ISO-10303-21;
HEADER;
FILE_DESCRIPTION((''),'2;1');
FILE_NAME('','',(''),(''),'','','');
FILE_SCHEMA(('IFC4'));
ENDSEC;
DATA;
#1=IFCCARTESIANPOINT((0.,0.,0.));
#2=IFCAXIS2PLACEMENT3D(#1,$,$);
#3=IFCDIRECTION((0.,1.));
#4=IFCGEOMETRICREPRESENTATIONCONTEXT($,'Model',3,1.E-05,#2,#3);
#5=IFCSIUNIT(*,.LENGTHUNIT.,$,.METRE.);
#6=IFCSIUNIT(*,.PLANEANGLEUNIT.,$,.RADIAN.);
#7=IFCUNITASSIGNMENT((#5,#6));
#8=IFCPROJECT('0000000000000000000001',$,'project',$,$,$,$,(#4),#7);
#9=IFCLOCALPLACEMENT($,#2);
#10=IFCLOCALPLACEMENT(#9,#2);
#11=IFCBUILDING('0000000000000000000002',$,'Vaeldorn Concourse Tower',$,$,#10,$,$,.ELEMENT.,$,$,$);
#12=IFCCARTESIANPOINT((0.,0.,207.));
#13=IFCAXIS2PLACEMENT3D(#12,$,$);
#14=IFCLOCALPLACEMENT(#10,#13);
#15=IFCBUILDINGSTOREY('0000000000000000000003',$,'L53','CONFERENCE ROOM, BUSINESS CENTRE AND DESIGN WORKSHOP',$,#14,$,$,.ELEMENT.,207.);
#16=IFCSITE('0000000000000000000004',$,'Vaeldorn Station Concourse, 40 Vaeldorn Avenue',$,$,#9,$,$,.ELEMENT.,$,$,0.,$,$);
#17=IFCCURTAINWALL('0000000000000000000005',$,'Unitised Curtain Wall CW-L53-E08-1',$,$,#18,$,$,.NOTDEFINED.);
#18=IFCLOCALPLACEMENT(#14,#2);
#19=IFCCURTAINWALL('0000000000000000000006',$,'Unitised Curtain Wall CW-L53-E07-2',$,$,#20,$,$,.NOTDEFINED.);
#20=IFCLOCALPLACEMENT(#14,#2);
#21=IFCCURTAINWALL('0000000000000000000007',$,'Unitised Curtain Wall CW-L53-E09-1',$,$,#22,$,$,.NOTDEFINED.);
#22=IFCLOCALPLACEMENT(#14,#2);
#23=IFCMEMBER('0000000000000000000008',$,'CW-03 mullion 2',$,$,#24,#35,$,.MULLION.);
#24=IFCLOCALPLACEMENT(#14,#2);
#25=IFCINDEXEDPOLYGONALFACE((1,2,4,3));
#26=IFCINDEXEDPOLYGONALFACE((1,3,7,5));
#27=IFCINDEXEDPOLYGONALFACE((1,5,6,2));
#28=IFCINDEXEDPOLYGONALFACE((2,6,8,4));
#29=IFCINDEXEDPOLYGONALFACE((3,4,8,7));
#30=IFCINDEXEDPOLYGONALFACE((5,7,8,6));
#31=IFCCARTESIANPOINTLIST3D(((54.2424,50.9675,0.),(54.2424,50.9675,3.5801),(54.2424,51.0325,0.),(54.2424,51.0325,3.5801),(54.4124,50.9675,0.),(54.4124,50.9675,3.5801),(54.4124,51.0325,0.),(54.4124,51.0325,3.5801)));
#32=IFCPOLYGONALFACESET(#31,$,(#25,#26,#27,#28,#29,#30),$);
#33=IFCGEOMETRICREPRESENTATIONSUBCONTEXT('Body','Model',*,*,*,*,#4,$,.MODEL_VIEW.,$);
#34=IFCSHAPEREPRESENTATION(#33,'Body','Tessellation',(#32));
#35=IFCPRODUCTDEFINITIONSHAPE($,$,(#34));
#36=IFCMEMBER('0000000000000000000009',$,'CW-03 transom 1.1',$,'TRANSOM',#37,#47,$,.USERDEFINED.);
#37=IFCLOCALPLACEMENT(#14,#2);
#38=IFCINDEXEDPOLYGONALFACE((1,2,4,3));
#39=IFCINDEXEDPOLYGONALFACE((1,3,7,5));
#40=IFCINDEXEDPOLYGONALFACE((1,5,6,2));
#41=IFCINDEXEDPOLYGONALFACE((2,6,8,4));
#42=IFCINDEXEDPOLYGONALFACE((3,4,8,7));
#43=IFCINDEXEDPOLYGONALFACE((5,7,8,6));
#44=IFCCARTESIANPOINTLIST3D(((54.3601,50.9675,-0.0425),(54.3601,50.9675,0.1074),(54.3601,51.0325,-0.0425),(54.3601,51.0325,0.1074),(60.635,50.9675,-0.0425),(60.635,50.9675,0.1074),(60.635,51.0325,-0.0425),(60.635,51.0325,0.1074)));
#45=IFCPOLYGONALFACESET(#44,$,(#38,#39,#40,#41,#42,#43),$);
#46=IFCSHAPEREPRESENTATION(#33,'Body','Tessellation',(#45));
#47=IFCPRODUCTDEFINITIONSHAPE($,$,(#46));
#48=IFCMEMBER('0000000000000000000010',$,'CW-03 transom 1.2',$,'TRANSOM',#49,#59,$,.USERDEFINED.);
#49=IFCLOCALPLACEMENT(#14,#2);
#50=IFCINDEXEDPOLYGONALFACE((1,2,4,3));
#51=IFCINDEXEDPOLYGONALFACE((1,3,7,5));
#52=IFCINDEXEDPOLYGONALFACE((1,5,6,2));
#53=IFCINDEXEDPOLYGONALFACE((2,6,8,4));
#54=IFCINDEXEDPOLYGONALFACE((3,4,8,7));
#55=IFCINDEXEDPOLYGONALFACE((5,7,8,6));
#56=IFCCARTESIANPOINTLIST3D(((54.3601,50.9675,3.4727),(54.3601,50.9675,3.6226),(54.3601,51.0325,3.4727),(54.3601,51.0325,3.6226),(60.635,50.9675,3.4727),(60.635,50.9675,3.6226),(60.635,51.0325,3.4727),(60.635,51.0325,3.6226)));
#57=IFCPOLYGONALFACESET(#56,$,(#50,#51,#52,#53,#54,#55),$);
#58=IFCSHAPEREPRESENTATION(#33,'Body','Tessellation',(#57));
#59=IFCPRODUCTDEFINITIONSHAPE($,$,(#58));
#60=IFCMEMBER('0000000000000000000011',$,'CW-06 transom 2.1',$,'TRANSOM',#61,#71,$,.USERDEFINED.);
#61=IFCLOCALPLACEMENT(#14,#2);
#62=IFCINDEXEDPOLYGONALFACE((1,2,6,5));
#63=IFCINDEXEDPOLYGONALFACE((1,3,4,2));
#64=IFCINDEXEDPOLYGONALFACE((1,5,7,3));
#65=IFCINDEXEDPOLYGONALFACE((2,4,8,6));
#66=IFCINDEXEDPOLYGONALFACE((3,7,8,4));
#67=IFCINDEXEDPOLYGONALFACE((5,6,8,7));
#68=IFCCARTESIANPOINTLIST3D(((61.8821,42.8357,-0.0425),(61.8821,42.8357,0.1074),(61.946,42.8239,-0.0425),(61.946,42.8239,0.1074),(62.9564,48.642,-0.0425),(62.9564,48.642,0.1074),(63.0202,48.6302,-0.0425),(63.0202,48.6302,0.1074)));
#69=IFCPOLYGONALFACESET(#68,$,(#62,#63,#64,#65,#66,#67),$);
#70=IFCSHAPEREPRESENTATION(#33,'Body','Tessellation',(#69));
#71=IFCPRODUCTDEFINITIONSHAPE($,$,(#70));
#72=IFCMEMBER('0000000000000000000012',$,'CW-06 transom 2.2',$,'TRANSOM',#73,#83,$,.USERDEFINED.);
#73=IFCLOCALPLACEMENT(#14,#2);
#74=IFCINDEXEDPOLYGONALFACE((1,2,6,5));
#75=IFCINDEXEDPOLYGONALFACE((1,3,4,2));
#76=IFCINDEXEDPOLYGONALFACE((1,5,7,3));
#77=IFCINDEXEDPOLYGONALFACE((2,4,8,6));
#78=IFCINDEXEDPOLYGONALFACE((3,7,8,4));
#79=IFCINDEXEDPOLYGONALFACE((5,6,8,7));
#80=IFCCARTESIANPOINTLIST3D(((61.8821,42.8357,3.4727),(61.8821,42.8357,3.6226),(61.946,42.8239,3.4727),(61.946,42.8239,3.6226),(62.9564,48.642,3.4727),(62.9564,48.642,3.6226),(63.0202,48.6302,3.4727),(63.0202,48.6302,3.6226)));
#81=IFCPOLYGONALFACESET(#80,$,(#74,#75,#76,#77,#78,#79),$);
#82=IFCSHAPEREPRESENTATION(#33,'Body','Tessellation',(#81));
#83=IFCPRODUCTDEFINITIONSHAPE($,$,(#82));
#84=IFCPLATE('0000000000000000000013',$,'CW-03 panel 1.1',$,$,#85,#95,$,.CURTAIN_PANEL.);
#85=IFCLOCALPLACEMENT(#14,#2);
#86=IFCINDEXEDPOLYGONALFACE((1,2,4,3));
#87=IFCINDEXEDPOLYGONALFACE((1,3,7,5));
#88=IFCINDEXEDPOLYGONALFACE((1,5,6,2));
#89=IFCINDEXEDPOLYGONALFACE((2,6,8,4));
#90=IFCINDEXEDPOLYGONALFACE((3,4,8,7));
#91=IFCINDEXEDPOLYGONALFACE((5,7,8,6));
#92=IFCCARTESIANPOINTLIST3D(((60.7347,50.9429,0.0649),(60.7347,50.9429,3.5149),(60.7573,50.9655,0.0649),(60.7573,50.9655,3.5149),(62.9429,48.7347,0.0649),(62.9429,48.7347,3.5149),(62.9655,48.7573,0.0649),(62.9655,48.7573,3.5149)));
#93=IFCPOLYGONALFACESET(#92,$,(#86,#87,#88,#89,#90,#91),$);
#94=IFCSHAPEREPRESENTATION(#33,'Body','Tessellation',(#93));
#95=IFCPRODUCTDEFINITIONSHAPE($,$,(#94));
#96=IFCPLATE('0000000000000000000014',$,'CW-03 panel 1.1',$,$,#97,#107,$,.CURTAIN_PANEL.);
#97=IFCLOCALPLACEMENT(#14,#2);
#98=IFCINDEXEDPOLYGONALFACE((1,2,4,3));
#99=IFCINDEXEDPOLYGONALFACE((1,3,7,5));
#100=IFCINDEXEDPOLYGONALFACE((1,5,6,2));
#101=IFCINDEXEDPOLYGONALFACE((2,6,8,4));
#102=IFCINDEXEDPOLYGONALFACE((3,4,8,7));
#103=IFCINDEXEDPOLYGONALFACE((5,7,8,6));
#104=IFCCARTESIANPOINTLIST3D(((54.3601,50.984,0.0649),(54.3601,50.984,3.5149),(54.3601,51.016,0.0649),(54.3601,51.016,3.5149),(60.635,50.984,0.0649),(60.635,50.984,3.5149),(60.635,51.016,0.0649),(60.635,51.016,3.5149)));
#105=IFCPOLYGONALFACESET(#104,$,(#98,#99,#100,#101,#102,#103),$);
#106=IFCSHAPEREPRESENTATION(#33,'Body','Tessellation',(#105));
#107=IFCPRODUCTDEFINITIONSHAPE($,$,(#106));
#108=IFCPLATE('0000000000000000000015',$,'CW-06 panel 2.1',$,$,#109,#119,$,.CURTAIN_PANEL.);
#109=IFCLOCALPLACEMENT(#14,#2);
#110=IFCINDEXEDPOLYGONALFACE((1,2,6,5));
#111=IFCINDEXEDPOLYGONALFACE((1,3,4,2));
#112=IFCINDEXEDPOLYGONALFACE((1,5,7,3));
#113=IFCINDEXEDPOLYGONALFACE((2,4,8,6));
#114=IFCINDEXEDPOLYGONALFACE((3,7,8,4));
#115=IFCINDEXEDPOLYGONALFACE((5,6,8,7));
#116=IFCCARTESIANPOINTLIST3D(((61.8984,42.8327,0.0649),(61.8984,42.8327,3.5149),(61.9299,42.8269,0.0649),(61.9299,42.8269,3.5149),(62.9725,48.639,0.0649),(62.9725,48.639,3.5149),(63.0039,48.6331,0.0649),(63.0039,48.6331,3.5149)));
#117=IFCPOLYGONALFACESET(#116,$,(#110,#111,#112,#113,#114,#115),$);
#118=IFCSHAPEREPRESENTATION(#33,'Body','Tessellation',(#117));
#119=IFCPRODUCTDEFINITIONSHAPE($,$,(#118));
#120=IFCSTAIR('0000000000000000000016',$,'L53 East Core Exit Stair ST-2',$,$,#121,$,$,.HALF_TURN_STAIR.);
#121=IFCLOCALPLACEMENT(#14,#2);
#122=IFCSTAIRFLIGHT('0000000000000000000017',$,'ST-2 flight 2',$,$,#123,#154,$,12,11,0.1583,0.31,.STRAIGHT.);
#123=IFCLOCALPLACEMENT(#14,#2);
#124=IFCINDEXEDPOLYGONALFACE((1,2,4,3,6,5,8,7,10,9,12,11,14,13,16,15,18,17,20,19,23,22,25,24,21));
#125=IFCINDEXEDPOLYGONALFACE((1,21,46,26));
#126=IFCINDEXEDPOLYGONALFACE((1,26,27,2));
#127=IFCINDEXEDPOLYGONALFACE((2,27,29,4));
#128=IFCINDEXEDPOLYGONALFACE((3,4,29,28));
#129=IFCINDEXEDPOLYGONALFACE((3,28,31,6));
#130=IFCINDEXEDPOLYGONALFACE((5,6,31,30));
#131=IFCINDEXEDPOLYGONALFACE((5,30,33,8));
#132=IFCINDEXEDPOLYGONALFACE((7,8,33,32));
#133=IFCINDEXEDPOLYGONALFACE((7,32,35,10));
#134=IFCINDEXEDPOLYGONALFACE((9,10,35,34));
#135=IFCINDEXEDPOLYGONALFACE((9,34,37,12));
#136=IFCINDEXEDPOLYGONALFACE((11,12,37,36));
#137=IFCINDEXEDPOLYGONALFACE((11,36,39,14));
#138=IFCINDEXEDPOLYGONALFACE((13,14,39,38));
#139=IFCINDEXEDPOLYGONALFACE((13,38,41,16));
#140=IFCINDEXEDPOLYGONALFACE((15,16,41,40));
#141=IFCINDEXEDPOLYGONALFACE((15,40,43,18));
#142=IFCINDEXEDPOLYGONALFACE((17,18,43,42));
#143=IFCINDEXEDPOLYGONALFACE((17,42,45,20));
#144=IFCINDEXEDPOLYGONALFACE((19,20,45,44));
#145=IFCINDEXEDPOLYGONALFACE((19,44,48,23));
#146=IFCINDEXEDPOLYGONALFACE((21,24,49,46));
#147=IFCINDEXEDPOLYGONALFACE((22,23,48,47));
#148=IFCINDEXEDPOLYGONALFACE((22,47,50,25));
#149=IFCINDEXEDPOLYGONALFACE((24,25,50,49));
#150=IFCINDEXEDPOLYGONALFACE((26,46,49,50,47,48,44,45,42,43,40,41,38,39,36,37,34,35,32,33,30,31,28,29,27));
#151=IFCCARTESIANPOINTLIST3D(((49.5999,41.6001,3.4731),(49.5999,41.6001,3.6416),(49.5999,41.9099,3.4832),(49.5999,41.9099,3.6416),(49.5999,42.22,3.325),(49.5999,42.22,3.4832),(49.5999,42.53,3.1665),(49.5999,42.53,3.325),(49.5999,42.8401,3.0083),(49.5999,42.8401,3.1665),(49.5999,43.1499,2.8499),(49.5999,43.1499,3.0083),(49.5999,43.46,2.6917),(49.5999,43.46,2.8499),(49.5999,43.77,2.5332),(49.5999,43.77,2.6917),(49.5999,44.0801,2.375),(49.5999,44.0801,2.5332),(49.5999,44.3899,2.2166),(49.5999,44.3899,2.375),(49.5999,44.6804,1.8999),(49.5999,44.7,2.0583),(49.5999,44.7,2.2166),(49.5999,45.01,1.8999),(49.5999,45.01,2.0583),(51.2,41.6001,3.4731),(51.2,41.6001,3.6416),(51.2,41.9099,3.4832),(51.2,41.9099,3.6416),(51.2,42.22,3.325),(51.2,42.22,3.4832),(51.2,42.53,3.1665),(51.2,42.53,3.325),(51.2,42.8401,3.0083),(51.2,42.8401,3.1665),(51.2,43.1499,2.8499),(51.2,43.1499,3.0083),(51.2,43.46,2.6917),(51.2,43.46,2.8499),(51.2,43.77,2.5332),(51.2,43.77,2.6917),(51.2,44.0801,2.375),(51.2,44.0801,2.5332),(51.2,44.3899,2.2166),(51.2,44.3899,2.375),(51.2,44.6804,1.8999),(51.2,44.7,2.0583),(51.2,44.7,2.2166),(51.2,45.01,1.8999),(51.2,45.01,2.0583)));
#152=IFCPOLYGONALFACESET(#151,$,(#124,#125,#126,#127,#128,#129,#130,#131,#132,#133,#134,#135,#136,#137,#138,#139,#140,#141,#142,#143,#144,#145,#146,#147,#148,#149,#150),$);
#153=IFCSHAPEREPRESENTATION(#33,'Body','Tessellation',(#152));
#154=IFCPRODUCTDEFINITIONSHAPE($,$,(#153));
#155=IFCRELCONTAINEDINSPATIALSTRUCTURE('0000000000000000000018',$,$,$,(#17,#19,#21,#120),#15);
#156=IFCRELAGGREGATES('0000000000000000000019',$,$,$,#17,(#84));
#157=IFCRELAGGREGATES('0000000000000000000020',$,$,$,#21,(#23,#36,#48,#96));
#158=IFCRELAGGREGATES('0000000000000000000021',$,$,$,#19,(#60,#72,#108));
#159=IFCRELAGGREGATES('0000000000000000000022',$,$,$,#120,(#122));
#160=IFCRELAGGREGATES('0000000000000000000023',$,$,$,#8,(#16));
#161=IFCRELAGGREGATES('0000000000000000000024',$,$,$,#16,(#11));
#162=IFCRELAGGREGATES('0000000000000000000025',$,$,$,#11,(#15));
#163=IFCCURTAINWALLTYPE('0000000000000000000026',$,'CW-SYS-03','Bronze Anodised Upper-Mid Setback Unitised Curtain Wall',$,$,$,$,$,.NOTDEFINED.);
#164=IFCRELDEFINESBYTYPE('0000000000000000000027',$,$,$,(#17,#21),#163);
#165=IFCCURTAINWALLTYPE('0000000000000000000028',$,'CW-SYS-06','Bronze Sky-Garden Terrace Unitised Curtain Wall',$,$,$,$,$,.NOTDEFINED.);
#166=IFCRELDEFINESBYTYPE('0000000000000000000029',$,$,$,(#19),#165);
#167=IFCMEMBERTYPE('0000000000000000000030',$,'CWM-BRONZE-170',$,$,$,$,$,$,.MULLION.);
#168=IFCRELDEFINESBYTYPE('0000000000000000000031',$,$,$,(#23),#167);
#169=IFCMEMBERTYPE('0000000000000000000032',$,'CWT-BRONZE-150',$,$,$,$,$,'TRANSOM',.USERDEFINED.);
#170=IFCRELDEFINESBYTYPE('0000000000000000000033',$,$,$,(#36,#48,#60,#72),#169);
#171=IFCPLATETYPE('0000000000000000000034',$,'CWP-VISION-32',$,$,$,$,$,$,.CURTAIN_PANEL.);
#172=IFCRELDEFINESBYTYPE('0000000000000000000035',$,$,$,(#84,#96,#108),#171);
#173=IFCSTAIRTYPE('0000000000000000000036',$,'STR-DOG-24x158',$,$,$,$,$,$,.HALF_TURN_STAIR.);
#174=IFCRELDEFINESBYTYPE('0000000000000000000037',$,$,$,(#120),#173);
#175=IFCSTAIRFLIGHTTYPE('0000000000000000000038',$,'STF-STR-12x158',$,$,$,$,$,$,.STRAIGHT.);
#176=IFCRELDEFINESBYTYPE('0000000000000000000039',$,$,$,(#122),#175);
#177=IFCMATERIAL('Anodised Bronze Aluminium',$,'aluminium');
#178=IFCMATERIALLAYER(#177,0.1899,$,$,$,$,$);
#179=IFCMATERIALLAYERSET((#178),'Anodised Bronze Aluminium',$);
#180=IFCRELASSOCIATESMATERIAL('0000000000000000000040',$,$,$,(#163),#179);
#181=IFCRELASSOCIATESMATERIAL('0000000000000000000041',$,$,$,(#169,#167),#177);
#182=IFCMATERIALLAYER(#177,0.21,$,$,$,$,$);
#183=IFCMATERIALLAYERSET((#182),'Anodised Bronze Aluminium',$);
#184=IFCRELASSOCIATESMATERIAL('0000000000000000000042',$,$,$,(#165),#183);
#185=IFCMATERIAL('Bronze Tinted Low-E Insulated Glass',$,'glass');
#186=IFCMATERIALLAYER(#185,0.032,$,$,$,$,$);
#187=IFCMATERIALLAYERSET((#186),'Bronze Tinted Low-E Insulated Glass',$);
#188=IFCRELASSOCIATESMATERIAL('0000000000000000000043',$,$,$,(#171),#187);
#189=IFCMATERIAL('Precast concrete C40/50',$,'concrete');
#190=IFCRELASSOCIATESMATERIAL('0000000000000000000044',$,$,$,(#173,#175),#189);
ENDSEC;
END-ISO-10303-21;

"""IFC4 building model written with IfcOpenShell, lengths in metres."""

from ifc_helpers import new_model, si_unit, direction, frame, origin, origin_2d, place, context, subcontext, project, spatial, polyline, rectangle, outline, extrude, source, transform, mapped, material, layer, layer_set, material_profile, profile_set, type_object, element, aggregate, save


model = new_model("IFC4")

# Units and contexts
model_context = context("Model", 3, precision=1e-05, world=origin(), true_north=direction((0.0, 1.0)))
body_context = subcontext(model_context, "Body", "Model", "MODEL_VIEW")
ifc_project = project(units=[si_unit("LENGTHUNIT", "METRE"), si_unit("PLANEANGLEUNIT", "RADIAN")], contexts=[model_context])

# Site, building, storey
site_placement = place(None, origin())
site = spatial("IfcSite", under=ifc_project, at=site_placement, Name="Vaeldorn Station Concourse, 40 Vaeldorn Avenue", CompositionType="ELEMENT", RefElevation=0.0)
building_placement = place(site_placement, origin())
building = spatial("IfcBuilding", under=site, at=building_placement, Name="Vaeldorn Concourse Tower", CompositionType="ELEMENT")
storey_placement = place(building_placement, frame((0.0, 0.0, 207.0)))
storey = spatial("IfcBuildingStorey", under=building, at=storey_placement, Name="L53", Description="CONFERENCE ROOM, BUSINESS CENTRE AND DESIGN WORKSHOP", CompositionType="ELEMENT", Elevation=207.0)

# Curtain wall
ifc_material_1 = material(Name="Anodised Bronze Aluminium", Category="aluminium")
ifc_layer_1 = layer(ifc_material_1, 0.1899)
ifc_layer_set_1 = layer_set([ifc_layer_1], Name="Anodised Bronze Aluminium")
curtain_wall_type_1 = type_object("IfcCurtainWallType", Name="CW-SYS-03", Description="Bronze Anodised Upper-Mid Setback Unitised Curtain Wall", PredefinedType="NOTDEFINED", material=ifc_layer_set_1)
curtain_wall_1_placement = place(storey_placement, origin())
curtain_wall_1 = element("IfcCurtainWall", 1, at=curtain_wall_1_placement, inside=storey, type_object=curtain_wall_type_1, Name="Unitised Curtain Wall CW-L53-E08-1", PredefinedType="NOTDEFINED")
ifc_material_profile_1 = material_profile(ifc_material_1, rectangle(XDim=0.0649, YDim=0.1499, at=origin_2d()), Name="CWT 65x150")
ifc_profile_set_1 = profile_set([ifc_material_profile_1], Name="Anodised Bronze Aluminium")
member_type_1 = type_object("IfcMemberType", Name="CWT-BRONZE-150", ElementType="TRANSOM", PredefinedType="USERDEFINED", material=ifc_profile_set_1)

# Curtain wall
ifc_layer_2 = layer(ifc_material_1, 0.21)
ifc_layer_set_2 = layer_set([ifc_layer_2], Name="Anodised Bronze Aluminium")
curtain_wall_type_2 = type_object("IfcCurtainWallType", Name="CW-SYS-06", Description="Bronze Sky-Garden Terrace Unitised Curtain Wall", PredefinedType="NOTDEFINED", material=ifc_layer_set_2)
curtain_wall_2_placement = place(storey_placement, origin())
curtain_wall_2 = element("IfcCurtainWall", 2, at=curtain_wall_2_placement, inside=storey, type_object=curtain_wall_type_2, Name="Unitised Curtain Wall CW-L53-E07-2", PredefinedType="NOTDEFINED")
ifc_material_profile_2 = material_profile(ifc_material_1, rectangle(XDim=0.0649, YDim=0.1699, at=origin_2d()), Name="CWM 65x170")
ifc_profile_set_2 = profile_set([ifc_material_profile_2], Name="Anodised Bronze Aluminium")
member_type_2 = type_object("IfcMemberType", Name="CWM-BRONZE-170", PredefinedType="MULLION", material=ifc_profile_set_2)
shared_shape_1 = source(origin(), body_context, "Body", "SweptSolid", [
    extrude(rectangle(XDim=0.0649, YDim=0.1699, at=origin_2d()), origin(), (0.0, 0.0, 1.0), 3.5801),
])

# Curtain wall, members
curtain_wall_3_placement = place(storey_placement, origin())
curtain_wall_3 = element("IfcCurtainWall", 3, at=curtain_wall_3_placement, inside=storey, type_object=curtain_wall_type_1, Name="Unitised Curtain Wall CW-L53-E09-1", PredefinedType="NOTDEFINED")
member_1_placement = place(storey_placement, frame((54.3274, 51.0, 0.0), z_axis=(0.0, 0.0, 1.0), x_axis=(0.0, -1.0, 0.0)))
member_1 = element("IfcMember", 4, at=member_1_placement, type_object=member_type_2, Name="CW-03 mullion 2", PredefinedType="MULLION", context=body_context, shape_type="MappedRepresentation", body=[
    mapped(shared_shape_1, transform((0.0, 0.0, 0.0), scale=1.0)),
])
shared_shape_2 = source(origin(), body_context, "Body", "SweptSolid", [
    extrude(rectangle(XDim=0.0649, YDim=0.1499, at=origin_2d()), origin(), (0.0, 0.0, 1.0), 6.2749),
])
member_2_placement = place(storey_placement, frame((60.635, 51.0, 0.0325), z_axis=(-1.0, 0.0, 0.0), x_axis=(0.0, -1.0, 0.0)))
member_2 = element("IfcMember", 5, at=member_2_placement, type_object=member_type_1, Name="CW-03 transom 1.1", ObjectType="TRANSOM", PredefinedType="USERDEFINED", context=body_context, shape_type="MappedRepresentation", body=[
    mapped(shared_shape_2, transform((0.0, 0.0, 0.0), scale=1.0)),
])
member_3_placement = place(storey_placement, frame((60.635, 51.0, 3.5476), z_axis=(-1.0, 0.0, 0.0), x_axis=(0.0, -1.0, 0.0)))
member_3 = element("IfcMember", 6, at=member_3_placement, type_object=member_type_1, Name="CW-03 transom 1.2", ObjectType="TRANSOM", PredefinedType="USERDEFINED", context=body_context, shape_type="MappedRepresentation", body=[
    mapped(shared_shape_2, transform((0.0, 0.0, 0.0), scale=1.0)),
])

# Members
shared_shape_3 = source(origin(), body_context, "Body", "SweptSolid", [
    extrude(rectangle(XDim=0.0649, YDim=0.1499, at=origin_2d()), origin(), (0.0, 0.0, 1.0), 5.9048),
])
member_4_placement = place(storey_placement, frame((61.9141, 42.8298, 0.0325), z_axis=(0.181926, 0.983312, 0.0), x_axis=(-0.983312, 0.181926, 0.0)))
member_4 = element("IfcMember", 7, at=member_4_placement, type_object=member_type_1, Name="CW-06 transom 2.1", ObjectType="TRANSOM", PredefinedType="USERDEFINED", context=body_context, shape_type="MappedRepresentation", body=[
    mapped(shared_shape_3, transform((0.0, 0.0, 0.0), scale=1.0)),
])
member_5_placement = place(storey_placement, frame((61.9141, 42.8298, 3.5476), z_axis=(0.181926, 0.983312, 0.0), x_axis=(-0.983312, 0.181926, 0.0)))
member_5 = element("IfcMember", 8, at=member_5_placement, type_object=member_type_1, Name="CW-06 transom 2.2", ObjectType="TRANSOM", PredefinedType="USERDEFINED", context=body_context, shape_type="MappedRepresentation", body=[
    mapped(shared_shape_3, transform((0.0, 0.0, 0.0), scale=1.0)),
])

# Plates
ifc_material_2 = material(Name="Bronze Tinted Low-E Insulated Glass", Category="glass")
ifc_layer_3 = layer(ifc_material_2, 0.032)
ifc_layer_set_3 = layer_set([ifc_layer_3], Name="Bronze Tinted Low-E Insulated Glass")
plate_type = type_object("IfcPlateType", Name="CWP-VISION-32", PredefinedType="CURTAIN_PANEL", material=ifc_layer_set_3)
shared_shape_4 = source(origin(), body_context, "Body", "SweptSolid", [
    extrude(rectangle(XDim=3.1228, YDim=0.032, at=origin_2d()), origin(), (0.0, 0.0, 1.0), 3.45),
])
plate_1_placement = place(storey_placement, frame((61.8501, 49.8501, 0.0649), z_axis=(0.0, 0.0, 1.0), x_axis=(-0.707107, 0.707107, 0.0)))
plate_1 = element("IfcPlate", 9, at=plate_1_placement, type_object=plate_type, Name="CW-03 panel 1.1", PredefinedType="CURTAIN_PANEL", context=body_context, shape_type="MappedRepresentation", body=[
    mapped(shared_shape_4, transform((0.0, 0.0, 0.0), scale=1.0)),
])
aggregate(curtain_wall_1, [plate_1])
shared_shape_5 = source(origin(), body_context, "Body", "SweptSolid", [
    extrude(rectangle(XDim=6.2749, YDim=0.032, at=origin_2d()), origin(), (0.0, 0.0, 1.0), 3.45),
])
plate_2_placement = place(storey_placement, frame((57.4976, 51.0, 0.0649), z_axis=(0.0, 0.0, 1.0), x_axis=(-1.0, 0.0, 0.0)))
plate_2 = element("IfcPlate", 10, at=plate_2_placement, type_object=plate_type, Name="CW-03 panel 1.1", PredefinedType="CURTAIN_PANEL", context=body_context, shape_type="MappedRepresentation", body=[
    mapped(shared_shape_5, transform((0.0, 0.0, 0.0), scale=1.0)),
])
aggregate(curtain_wall_3, [member_1, member_2, member_3, plate_2])
shared_shape_6 = source(origin(), body_context, "Body", "SweptSolid", [
    extrude(rectangle(XDim=5.9048, YDim=0.032, at=origin_2d()), origin(), (0.0, 0.0, 1.0), 3.45),
])
plate_3_placement = place(storey_placement, frame((62.4512, 45.7329, 0.0649), z_axis=(0.0, 0.0, 1.0), x_axis=(0.181888, 0.983319, 0.0)))
plate_3 = element("IfcPlate", 11, at=plate_3_placement, type_object=plate_type, Name="CW-06 panel 2.1", PredefinedType="CURTAIN_PANEL", context=body_context, shape_type="MappedRepresentation", body=[
    mapped(shared_shape_6, transform((0.0, 0.0, 0.0), scale=1.0)),
])
aggregate(curtain_wall_2, [member_4, member_5, plate_3])

# Stair, stair flight
ifc_material_3 = material(Name="Precast concrete C40/50", Category="concrete")
stair_type = type_object("IfcStairType", Name="STR-DOG-24x158", PredefinedType="HALF_TURN_STAIR", material=ifc_material_3)
stair_placement = place(storey_placement, origin())
stair = element("IfcStair", 12, at=stair_placement, inside=storey, type_object=stair_type, Name="L53 East Core Exit Stair ST-2", PredefinedType="HALF_TURN_STAIR")
stair_flight_type = type_object("IfcStairFlightType", Name="STF-STR-12x158", PredefinedType="STRAIGHT", material=ifc_material_3)
stair_flight_placement = place(storey_placement, frame((50.3999, 45.01, 1.8999), z_axis=(0.0, 0.0, 1.0), x_axis=(0.0, -1.0, 0.0)))
stair_flight = element("IfcStairFlight", 13, at=stair_flight_placement, type_object=stair_flight_type, Name="ST-2 flight 2", NumberOfRisers=12, NumberOfTreads=11, PredefinedType="STRAIGHT", RiserHeight=0.1583, TreadLength=0.31, context=body_context, shape_type="SweptSolid", body=[
    extrude(outline(polyline([(0.0, 0.0), (0.0, 0.1584), (0.3101, 0.1584), (0.3101, 0.3167), (0.6201, 0.3167), (0.6201, 0.4751), (0.9299, 0.4751), (0.9299, 0.6333), (1.24, 0.6333), (1.24, 0.7917), (1.55, 0.7917), (1.55, 0.95), (1.8601, 0.95), (1.8601, 1.1084), (2.1699, 1.1084), (2.1699, 1.2666), (2.48, 1.2666), (2.48, 1.425), (2.79, 1.425), (2.79, 1.5833), (3.1001, 1.5833), (3.1001, 1.7417), (3.4099, 1.7417), (3.4099, 1.8999), (3.4099, 1.5732), (0.3296, 0.0), (0.0, 0.0)])), frame((0.0, 0.8, 0.0), z_axis=(0.0, -1.0, 0.0), x_axis=(1.0, 0.0, 0.0)), (0.0, 0.0, 1.0), 1.6001),
])
aggregate(stair, [stair_flight])

save(model, "model.ifc")
